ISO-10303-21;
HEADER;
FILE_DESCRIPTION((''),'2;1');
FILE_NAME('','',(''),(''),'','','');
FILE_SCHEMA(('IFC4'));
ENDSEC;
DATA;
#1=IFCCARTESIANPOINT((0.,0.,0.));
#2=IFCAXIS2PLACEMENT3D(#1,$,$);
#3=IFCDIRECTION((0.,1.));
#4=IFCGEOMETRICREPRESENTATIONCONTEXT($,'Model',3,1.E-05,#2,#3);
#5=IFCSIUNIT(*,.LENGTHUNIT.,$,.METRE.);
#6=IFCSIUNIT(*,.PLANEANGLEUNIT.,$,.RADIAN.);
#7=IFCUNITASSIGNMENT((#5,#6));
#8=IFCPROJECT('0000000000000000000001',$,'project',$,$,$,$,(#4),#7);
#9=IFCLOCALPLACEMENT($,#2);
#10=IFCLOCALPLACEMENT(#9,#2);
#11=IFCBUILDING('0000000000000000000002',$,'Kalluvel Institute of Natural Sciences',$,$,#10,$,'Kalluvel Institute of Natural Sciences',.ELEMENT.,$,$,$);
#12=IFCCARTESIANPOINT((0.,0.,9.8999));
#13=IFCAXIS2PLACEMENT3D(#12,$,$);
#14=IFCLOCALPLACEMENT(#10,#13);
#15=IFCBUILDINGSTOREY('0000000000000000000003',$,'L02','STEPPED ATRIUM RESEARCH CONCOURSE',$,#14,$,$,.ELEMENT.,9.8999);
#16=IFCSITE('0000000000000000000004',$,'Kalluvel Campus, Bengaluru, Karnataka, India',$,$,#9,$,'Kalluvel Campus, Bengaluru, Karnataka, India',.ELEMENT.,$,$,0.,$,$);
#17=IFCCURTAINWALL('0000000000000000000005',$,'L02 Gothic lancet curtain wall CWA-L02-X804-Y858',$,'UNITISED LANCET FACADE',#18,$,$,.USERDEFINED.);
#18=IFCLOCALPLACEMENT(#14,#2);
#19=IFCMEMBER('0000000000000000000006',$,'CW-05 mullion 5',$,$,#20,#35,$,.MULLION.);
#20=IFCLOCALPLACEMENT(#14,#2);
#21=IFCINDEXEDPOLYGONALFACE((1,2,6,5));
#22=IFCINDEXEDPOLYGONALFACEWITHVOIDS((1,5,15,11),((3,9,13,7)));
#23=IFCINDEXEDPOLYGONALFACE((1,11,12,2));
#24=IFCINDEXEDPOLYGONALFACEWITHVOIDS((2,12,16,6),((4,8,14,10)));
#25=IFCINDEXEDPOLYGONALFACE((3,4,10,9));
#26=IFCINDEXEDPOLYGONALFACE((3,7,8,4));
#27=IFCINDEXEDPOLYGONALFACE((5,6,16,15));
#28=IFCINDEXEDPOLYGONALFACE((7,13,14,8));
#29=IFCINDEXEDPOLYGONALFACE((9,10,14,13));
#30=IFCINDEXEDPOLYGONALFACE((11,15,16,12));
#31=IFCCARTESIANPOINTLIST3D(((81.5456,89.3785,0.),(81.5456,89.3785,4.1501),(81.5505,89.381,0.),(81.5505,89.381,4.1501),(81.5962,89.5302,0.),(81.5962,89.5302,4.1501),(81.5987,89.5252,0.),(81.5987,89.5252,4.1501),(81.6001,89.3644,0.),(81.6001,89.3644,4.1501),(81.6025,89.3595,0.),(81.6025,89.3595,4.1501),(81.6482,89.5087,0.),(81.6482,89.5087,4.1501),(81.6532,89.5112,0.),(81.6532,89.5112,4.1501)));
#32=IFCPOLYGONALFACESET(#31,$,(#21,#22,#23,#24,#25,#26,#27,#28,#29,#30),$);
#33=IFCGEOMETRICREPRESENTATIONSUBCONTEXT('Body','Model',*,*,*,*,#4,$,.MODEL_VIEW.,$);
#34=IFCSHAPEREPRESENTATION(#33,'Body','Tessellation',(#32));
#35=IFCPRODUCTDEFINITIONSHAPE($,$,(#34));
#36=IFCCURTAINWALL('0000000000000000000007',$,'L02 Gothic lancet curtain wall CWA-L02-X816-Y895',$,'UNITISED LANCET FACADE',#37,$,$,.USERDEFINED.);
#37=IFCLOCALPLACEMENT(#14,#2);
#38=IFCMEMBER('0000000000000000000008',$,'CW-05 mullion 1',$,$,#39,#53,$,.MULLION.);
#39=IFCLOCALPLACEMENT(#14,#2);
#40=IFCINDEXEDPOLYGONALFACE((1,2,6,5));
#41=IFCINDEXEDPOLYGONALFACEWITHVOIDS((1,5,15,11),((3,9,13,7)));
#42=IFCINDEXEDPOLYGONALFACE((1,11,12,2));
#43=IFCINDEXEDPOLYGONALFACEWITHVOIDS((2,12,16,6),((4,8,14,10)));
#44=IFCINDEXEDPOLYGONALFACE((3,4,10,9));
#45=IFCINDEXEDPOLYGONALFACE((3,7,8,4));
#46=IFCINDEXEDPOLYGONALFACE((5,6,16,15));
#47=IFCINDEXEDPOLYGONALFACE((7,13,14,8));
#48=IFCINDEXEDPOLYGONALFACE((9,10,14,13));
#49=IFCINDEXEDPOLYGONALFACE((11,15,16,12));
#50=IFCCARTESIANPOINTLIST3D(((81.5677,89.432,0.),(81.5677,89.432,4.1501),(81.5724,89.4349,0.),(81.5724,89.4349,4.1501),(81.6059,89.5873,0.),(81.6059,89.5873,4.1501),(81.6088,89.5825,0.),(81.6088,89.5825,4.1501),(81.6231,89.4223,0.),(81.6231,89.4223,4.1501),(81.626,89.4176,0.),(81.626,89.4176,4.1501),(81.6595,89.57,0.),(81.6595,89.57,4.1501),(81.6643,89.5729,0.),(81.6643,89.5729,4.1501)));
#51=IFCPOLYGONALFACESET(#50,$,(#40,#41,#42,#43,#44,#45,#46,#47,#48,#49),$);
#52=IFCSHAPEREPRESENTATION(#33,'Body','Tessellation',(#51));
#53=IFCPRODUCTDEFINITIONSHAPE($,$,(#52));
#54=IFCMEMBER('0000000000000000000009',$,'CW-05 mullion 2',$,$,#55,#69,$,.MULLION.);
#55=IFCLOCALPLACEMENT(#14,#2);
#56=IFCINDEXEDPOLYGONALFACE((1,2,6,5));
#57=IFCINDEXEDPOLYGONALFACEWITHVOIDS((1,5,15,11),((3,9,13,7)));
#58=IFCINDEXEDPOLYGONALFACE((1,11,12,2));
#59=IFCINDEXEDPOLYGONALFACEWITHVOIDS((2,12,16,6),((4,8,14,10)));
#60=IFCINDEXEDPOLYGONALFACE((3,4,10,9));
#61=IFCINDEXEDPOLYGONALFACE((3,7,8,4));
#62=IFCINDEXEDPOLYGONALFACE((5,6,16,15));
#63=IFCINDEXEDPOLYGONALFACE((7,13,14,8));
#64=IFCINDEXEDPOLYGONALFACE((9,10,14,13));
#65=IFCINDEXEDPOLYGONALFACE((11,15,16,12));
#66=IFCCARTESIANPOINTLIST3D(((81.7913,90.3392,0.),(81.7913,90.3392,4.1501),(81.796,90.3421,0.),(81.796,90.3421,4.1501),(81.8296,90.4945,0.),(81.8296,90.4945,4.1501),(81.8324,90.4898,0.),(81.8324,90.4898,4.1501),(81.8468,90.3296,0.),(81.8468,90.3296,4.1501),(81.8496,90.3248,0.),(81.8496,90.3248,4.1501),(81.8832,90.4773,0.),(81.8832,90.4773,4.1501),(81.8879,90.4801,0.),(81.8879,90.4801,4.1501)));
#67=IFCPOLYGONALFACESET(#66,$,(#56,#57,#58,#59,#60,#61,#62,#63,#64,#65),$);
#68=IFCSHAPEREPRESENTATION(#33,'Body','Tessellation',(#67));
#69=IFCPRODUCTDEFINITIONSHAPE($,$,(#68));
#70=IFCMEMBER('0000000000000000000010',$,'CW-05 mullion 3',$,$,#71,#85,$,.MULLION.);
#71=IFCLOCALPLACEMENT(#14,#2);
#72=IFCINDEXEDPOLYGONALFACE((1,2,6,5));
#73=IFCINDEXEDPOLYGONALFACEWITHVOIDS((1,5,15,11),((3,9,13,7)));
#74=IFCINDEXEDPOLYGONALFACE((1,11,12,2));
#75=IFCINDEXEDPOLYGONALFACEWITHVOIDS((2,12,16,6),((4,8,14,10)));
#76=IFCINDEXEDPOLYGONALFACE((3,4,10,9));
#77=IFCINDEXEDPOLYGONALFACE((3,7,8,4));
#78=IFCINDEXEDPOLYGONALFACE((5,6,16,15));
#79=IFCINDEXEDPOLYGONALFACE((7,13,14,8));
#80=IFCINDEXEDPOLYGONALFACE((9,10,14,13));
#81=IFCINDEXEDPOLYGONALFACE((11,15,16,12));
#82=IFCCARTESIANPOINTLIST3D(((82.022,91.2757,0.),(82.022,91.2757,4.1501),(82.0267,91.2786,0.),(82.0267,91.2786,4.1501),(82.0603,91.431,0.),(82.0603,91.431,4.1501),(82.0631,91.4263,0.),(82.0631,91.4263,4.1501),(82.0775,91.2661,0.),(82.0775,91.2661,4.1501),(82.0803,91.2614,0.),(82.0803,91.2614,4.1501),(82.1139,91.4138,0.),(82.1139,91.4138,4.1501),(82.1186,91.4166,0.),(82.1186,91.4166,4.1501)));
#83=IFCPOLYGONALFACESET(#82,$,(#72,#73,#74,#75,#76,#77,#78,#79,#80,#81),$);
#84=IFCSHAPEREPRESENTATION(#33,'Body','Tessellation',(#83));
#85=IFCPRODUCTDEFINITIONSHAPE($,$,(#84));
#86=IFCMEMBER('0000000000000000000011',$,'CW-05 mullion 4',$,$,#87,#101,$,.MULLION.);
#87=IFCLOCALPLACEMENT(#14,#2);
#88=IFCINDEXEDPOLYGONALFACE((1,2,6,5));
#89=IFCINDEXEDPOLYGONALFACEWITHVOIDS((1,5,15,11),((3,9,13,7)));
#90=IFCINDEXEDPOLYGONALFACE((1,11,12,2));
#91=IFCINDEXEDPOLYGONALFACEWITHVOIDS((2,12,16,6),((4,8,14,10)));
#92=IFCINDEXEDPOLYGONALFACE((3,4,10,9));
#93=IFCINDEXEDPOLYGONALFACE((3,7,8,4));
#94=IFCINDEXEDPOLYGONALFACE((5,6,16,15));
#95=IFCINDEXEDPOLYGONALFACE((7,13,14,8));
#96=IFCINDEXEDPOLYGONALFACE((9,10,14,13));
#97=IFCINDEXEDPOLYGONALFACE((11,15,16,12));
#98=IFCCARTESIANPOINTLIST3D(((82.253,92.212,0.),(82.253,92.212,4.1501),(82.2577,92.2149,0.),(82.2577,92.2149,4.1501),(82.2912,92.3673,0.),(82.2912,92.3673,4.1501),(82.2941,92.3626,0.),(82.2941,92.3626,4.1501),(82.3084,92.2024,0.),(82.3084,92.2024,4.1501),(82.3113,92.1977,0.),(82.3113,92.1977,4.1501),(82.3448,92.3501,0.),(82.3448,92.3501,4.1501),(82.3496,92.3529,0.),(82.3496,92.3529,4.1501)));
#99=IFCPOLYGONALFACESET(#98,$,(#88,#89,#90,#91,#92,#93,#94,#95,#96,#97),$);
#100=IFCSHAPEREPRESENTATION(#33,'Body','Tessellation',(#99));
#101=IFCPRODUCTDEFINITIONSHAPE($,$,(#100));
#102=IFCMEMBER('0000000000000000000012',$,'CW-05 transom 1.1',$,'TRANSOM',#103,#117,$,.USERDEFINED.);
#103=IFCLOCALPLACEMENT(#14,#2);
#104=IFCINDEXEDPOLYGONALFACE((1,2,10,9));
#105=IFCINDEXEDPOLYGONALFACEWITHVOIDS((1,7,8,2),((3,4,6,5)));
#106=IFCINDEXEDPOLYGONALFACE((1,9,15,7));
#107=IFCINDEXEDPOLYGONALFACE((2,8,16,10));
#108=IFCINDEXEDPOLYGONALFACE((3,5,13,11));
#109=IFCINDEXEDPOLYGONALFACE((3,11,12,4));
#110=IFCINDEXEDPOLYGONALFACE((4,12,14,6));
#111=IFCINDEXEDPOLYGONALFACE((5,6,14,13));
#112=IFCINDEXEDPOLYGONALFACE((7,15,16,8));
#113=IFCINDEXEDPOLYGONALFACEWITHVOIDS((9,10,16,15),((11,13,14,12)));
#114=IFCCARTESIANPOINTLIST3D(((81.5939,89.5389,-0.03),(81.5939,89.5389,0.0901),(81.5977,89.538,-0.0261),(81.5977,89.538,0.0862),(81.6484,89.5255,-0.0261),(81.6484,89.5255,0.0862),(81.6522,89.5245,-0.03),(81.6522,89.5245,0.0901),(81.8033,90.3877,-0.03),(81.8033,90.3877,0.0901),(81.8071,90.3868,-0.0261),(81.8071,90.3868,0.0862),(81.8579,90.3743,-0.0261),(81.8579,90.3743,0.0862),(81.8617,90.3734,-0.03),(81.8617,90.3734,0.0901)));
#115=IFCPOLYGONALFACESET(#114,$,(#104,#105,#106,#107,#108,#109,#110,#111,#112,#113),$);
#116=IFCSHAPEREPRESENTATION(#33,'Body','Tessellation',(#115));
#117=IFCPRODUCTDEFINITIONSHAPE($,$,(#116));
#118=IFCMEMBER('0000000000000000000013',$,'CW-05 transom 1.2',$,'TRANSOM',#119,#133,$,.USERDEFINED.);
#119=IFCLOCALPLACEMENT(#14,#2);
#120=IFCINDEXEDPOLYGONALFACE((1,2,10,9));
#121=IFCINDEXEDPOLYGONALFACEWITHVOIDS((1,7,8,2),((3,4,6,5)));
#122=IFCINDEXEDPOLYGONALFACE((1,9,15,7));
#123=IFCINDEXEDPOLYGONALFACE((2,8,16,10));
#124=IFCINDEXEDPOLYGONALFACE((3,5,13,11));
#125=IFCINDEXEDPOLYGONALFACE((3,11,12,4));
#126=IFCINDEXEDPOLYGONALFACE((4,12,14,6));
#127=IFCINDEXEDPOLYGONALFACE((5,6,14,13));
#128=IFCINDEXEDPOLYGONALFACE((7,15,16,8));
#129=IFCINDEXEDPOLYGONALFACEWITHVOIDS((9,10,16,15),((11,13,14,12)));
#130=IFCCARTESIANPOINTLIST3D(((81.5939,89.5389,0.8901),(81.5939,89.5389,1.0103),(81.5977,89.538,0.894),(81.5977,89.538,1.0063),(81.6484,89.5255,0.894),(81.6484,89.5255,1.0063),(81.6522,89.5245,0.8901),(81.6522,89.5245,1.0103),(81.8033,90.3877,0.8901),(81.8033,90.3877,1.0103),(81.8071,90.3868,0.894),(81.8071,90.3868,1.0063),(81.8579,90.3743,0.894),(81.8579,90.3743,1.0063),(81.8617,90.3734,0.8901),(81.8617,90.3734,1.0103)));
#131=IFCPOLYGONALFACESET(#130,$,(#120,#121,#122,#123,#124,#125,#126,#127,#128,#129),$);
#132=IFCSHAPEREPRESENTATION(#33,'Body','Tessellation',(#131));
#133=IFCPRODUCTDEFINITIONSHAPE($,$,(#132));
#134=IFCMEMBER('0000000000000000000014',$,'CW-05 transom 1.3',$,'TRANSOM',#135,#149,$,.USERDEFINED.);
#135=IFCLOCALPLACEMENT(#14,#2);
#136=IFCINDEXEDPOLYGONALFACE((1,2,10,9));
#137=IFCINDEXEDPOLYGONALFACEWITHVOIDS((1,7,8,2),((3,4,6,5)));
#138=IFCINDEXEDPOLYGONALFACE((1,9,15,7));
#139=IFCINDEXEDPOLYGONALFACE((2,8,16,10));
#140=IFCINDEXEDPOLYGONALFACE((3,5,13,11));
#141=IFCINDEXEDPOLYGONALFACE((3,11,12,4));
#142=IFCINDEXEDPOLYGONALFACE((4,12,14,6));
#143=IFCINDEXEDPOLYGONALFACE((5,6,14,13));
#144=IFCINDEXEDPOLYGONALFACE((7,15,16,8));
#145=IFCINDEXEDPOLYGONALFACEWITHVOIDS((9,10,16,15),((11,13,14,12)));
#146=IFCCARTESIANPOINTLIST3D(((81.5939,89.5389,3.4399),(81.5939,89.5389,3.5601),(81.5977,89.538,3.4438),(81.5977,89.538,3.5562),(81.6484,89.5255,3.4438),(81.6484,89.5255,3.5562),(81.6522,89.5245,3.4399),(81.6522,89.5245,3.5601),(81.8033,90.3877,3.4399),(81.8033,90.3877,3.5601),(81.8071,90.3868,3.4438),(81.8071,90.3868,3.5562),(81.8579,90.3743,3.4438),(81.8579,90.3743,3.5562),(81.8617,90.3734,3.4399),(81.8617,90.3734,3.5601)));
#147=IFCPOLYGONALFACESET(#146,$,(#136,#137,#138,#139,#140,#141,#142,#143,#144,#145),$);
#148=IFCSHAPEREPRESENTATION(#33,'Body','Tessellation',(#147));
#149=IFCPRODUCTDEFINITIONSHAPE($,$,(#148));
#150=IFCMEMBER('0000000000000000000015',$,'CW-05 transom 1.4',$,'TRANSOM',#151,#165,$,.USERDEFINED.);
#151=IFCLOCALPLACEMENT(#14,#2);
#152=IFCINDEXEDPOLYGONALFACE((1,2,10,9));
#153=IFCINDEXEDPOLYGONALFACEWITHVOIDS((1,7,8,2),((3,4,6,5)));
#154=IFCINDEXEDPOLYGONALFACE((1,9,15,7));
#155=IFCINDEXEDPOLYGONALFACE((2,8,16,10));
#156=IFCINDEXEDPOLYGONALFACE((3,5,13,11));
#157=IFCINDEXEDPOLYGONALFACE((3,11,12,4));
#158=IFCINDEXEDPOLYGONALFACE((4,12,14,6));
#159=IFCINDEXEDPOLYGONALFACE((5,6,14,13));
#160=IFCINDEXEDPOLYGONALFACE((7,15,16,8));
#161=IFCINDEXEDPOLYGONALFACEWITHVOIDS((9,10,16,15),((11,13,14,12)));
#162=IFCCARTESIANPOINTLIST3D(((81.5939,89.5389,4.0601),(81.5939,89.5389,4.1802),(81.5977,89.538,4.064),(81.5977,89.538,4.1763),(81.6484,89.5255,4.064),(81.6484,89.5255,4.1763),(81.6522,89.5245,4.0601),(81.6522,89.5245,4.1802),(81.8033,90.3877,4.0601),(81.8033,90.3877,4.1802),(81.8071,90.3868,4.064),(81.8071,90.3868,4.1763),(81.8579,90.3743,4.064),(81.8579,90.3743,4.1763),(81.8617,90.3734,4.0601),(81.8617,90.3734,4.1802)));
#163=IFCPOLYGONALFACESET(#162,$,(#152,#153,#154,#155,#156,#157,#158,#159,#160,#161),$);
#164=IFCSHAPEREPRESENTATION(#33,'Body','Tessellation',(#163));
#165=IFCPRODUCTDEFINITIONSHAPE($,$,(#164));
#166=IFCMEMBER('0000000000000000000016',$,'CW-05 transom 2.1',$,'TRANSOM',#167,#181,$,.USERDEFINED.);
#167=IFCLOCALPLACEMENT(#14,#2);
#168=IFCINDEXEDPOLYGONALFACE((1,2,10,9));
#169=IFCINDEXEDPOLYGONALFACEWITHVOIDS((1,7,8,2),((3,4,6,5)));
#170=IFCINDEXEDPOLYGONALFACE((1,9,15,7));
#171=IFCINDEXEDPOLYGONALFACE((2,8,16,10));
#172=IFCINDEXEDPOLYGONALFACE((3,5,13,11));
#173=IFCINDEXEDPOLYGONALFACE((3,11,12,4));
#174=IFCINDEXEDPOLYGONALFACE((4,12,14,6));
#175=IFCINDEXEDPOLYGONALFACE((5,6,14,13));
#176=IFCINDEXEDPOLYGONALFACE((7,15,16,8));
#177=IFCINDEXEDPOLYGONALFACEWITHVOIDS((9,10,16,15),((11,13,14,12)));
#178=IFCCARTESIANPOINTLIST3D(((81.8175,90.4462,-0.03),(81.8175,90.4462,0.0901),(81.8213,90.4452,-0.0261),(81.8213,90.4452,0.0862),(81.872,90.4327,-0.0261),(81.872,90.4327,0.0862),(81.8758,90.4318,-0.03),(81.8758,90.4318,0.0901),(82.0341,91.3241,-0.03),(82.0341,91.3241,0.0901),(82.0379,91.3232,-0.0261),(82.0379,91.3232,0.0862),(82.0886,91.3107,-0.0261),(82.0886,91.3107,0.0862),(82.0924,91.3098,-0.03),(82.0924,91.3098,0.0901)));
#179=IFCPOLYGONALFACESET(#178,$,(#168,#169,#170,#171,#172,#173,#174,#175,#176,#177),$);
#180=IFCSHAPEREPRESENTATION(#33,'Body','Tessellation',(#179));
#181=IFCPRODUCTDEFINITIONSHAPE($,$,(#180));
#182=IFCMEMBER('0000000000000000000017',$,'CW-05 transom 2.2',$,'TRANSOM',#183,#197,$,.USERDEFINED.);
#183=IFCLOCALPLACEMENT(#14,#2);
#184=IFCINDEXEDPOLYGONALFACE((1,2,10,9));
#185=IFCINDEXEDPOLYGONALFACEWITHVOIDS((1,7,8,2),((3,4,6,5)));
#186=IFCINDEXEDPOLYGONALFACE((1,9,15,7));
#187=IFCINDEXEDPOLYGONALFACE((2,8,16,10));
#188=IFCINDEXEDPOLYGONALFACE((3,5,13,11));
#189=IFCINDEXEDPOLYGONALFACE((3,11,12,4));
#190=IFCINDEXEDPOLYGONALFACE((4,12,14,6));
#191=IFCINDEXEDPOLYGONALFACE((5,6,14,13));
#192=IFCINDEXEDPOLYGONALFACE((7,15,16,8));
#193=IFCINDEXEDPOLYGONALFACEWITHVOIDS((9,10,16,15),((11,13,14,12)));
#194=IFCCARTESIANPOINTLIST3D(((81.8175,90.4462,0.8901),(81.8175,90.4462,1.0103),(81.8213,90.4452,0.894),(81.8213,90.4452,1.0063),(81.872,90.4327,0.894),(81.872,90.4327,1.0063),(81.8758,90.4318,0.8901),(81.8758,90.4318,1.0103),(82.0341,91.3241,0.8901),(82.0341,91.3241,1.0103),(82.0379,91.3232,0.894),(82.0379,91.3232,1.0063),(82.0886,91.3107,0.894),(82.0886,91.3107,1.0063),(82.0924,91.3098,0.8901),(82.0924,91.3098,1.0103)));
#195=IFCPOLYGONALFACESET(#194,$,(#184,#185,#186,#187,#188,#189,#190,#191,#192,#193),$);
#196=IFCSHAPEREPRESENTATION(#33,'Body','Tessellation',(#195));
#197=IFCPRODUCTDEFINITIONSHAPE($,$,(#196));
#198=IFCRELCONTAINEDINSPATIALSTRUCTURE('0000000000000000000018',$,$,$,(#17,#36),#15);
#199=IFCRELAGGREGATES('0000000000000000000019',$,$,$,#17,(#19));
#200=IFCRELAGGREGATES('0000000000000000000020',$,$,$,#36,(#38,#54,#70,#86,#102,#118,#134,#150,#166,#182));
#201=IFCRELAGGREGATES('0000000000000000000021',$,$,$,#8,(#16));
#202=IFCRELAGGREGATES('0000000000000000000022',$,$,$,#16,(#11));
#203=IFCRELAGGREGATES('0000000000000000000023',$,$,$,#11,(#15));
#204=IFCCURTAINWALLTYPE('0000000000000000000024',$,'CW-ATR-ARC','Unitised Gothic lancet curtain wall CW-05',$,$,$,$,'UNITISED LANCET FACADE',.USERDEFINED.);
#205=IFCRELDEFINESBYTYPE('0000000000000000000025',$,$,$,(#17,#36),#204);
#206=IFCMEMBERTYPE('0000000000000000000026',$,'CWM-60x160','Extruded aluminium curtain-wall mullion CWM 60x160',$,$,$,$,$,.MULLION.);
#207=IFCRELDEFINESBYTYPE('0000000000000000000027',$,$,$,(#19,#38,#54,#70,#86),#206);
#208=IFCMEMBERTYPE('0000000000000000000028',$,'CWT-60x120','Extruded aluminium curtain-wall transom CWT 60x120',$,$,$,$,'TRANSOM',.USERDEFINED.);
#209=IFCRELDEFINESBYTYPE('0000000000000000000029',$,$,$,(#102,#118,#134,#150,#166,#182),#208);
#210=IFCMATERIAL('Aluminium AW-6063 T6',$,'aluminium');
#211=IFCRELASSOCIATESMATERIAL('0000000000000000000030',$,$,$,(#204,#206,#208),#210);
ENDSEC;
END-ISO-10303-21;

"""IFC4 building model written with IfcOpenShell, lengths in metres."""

from ifc_helpers import new_model, si_unit, direction, frame, origin, origin_2d, place, context, subcontext, project, spatial, hollow_rectangle, extrude, material, material_profile, profile_set, type_object, element, aggregate, save


model = new_model("IFC4")

# Units and contexts
model_context = context("Model", 3, precision=1e-05, world=origin(), true_north=direction((0.0, 1.0)))
body_context = subcontext(model_context, "Body", "Model", "MODEL_VIEW")
ifc_project = project(units=[si_unit("LENGTHUNIT", "METRE"), si_unit("PLANEANGLEUNIT", "RADIAN")], contexts=[model_context])

# Site, building, storey
site_placement = place(None, origin())
site = spatial("IfcSite", under=ifc_project, at=site_placement, Name="Kalluvel Campus, Bengaluru, Karnataka, India", LongName="Kalluvel Campus, Bengaluru, Karnataka, India", CompositionType="ELEMENT", RefElevation=0.0)
building_placement = place(site_placement, origin())
building = spatial("IfcBuilding", under=site, at=building_placement, Name="Kalluvel Institute of Natural Sciences", LongName="Kalluvel Institute of Natural Sciences", CompositionType="ELEMENT")
storey_placement = place(building_placement, frame((0.0, 0.0, 9.8999)))
storey = spatial("IfcBuildingStorey", under=building, at=storey_placement, Name="L02", Description="STEPPED ATRIUM RESEARCH CONCOURSE", CompositionType="ELEMENT", Elevation=9.8999)

# Curtain wall, member
ifc_material_1 = material(Name="Aluminium AW-6063 T6", Category="aluminium")
curtain_wall_type = type_object("IfcCurtainWallType", Name="CW-ATR-ARC", Description="Unitised Gothic lancet curtain wall CW-05", ElementType="UNITISED LANCET FACADE", PredefinedType="USERDEFINED", material=ifc_material_1)
curtain_wall_1_placement = place(storey_placement, origin())
curtain_wall_1 = element("IfcCurtainWall", 1, at=curtain_wall_1_placement, inside=storey, type_object=curtain_wall_type, Name="L02 Gothic lancet curtain wall CWA-L02-X804-Y858", ObjectType="UNITISED LANCET FACADE", PredefinedType="USERDEFINED")
ifc_material_profile_1 = material_profile(ifc_material_1, hollow_rectangle(XDim=0.0601, YDim=0.1599, WallThickness=0.0039, at=origin_2d()), Name="CWM 60x160")
ifc_profile_set_1 = profile_set([ifc_material_profile_1], Name="Aluminium AW-6063 T6")
member_type_1 = type_object("IfcMemberType", Name="CWM-60x160", Description="Extruded aluminium curtain-wall mullion CWM 60x160", PredefinedType="MULLION", material=ifc_profile_set_1)
member_1_placement = place(storey_placement, frame((81.5994, 89.4448, 0.0), z_axis=(0.0, 0.0, 1.0), x_axis=(-0.948541, 0.316655, 0.0)))
member_1 = element("IfcMember", 2, at=member_1_placement, type_object=member_type_1, Name="CW-05 mullion 5", PredefinedType="MULLION", context=body_context, shape_type="SweptSolid", body=[
    extrude(hollow_rectangle(XDim=0.0601, YDim=0.1599, WallThickness=0.0039, at=origin_2d()), origin(), (0.0, 0.0, 1.0), 4.1501),
])

# Curtain wall, members
curtain_wall_2_placement = place(storey_placement, origin())
curtain_wall_2 = element("IfcCurtainWall", 3, at=curtain_wall_2_placement, inside=storey, type_object=curtain_wall_type, Name="L02 Gothic lancet curtain wall CWA-L02-X816-Y895", ObjectType="UNITISED LANCET FACADE", PredefinedType="USERDEFINED")
member_2_placement = place(storey_placement, frame((81.616, 89.5024, 0.0), z_axis=(0.0, 0.0, 1.0), x_axis=(-0.970939, 0.239326, 0.0)))
member_2 = element("IfcMember", 4, at=member_2_placement, type_object=member_type_1, Name="CW-05 mullion 1", PredefinedType="MULLION", context=body_context, shape_type="SweptSolid", body=[
    extrude(hollow_rectangle(XDim=0.0601, YDim=0.1599, WallThickness=0.0039, at=origin_2d()), origin(), (0.0, 0.0, 1.0), 4.1501),
])
member_3_placement = place(storey_placement, frame((81.8396, 90.4097, 0.0), z_axis=(0.0, 0.0, 1.0), x_axis=(-0.970939, 0.239326, 0.0)))
member_3 = element("IfcMember", 5, at=member_3_placement, type_object=member_type_1, Name="CW-05 mullion 2", PredefinedType="MULLION", context=body_context, shape_type="SweptSolid", body=[
    extrude(hollow_rectangle(XDim=0.0601, YDim=0.1599, WallThickness=0.0039, at=origin_2d()), origin(), (0.0, 0.0, 1.0), 4.1501),
])
member_4_placement = place(storey_placement, frame((82.0703, 91.3462, 0.0), z_axis=(0.0, 0.0, 1.0), x_axis=(-0.970939, 0.239326, 0.0)))
member_4 = element("IfcMember", 6, at=member_4_placement, type_object=member_type_1, Name="CW-05 mullion 3", PredefinedType="MULLION", context=body_context, shape_type="SweptSolid", body=[
    extrude(hollow_rectangle(XDim=0.0601, YDim=0.1599, WallThickness=0.0039, at=origin_2d()), origin(), (0.0, 0.0, 1.0), 4.1501),
])
member_5_placement = place(storey_placement, frame((82.3013, 92.2825, 0.0), z_axis=(0.0, 0.0, 1.0), x_axis=(-0.970939, 0.239326, 0.0)))
member_5 = element("IfcMember", 7, at=member_5_placement, type_object=member_type_1, Name="CW-05 mullion 4", PredefinedType="MULLION", context=body_context, shape_type="SweptSolid", body=[
    extrude(hollow_rectangle(XDim=0.0601, YDim=0.1599, WallThickness=0.0039, at=origin_2d()), origin(), (0.0, 0.0, 1.0), 4.1501),
])
ifc_material_profile_2 = material_profile(ifc_material_1, hollow_rectangle(XDim=0.0601, YDim=0.1201, WallThickness=0.0039, at=origin_2d()), Name="CWT 60x120")
ifc_profile_set_2 = profile_set([ifc_material_profile_2], Name="Aluminium AW-6063 T6")
member_type_2 = type_object("IfcMemberType", Name="CWT-60x120", Description="Extruded aluminium curtain-wall transom CWT 60x120", ElementType="TRANSOM", PredefinedType="USERDEFINED", material=ifc_profile_set_2)
member_6_placement = place(storey_placement, frame((81.623, 89.5317, 0.03), z_axis=(0.239578, 0.970877, 0.0), x_axis=(-0.970877, 0.239578, 0.0)))
member_6 = element("IfcMember", 8, at=member_6_placement, type_object=member_type_2, Name="CW-05 transom 1.1", ObjectType="TRANSOM", PredefinedType="USERDEFINED", context=body_context, shape_type="SweptSolid", body=[
    extrude(hollow_rectangle(XDim=0.0601, YDim=0.1201, WallThickness=0.0039, at=origin_2d()), origin(), (0.0, 0.0, 1.0), 0.8743),
])
member_7_placement = place(storey_placement, frame((81.623, 89.5317, 0.9502), z_axis=(0.239578, 0.970877, 0.0), x_axis=(-0.970877, 0.239578, 0.0)))
member_7 = element("IfcMember", 9, at=member_7_placement, type_object=member_type_2, Name="CW-05 transom 1.2", ObjectType="TRANSOM", PredefinedType="USERDEFINED", context=body_context, shape_type="SweptSolid", body=[
    extrude(hollow_rectangle(XDim=0.0601, YDim=0.1201, WallThickness=0.0039, at=origin_2d()), origin(), (0.0, 0.0, 1.0), 0.8743),
])
member_8_placement = place(storey_placement, frame((81.623, 89.5317, 3.5), z_axis=(0.239578, 0.970877, 0.0), x_axis=(-0.970877, 0.239578, 0.0)))
member_8 = element("IfcMember", 10, at=member_8_placement, type_object=member_type_2, Name="CW-05 transom 1.3", ObjectType="TRANSOM", PredefinedType="USERDEFINED", context=body_context, shape_type="SweptSolid", body=[
    extrude(hollow_rectangle(XDim=0.0601, YDim=0.1201, WallThickness=0.0039, at=origin_2d()), origin(), (0.0, 0.0, 1.0), 0.8743),
])
member_9_placement = place(storey_placement, frame((81.623, 89.5317, 4.1201), z_axis=(0.239578, 0.970877, 0.0), x_axis=(-0.970877, 0.239578, 0.0)))
member_9 = element("IfcMember", 11, at=member_9_placement, type_object=member_type_2, Name="CW-05 transom 1.4", ObjectType="TRANSOM", PredefinedType="USERDEFINED", context=body_context, shape_type="SweptSolid", body=[
    extrude(hollow_rectangle(XDim=0.0601, YDim=0.1201, WallThickness=0.0039, at=origin_2d()), origin(), (0.0, 0.0, 1.0), 0.8743),
])
member_10_placement = place(storey_placement, frame((81.8467, 90.439, 0.03), z_axis=(0.239485, 0.9709, 0.0), x_axis=(-0.9709, 0.239485, 0.0)))
member_10 = element("IfcMember", 12, at=member_10_placement, type_object=member_type_2, Name="CW-05 transom 2.1", ObjectType="TRANSOM", PredefinedType="USERDEFINED", context=body_context, shape_type="SweptSolid", body=[
    extrude(hollow_rectangle(XDim=0.0601, YDim=0.1201, WallThickness=0.0039, at=origin_2d()), origin(), (0.0, 0.0, 1.0), 0.9043),
])
member_11_placement = place(storey_placement, frame((81.8467, 90.439, 0.9502), z_axis=(0.239485, 0.9709, 0.0), x_axis=(-0.9709, 0.239485, 0.0)))
member_11 = element("IfcMember", 13, at=member_11_placement, type_object=member_type_2, Name="CW-05 transom 2.2", ObjectType="TRANSOM", PredefinedType="USERDEFINED", context=body_context, shape_type="SweptSolid", body=[
    extrude(hollow_rectangle(XDim=0.0601, YDim=0.1201, WallThickness=0.0039, at=origin_2d()), origin(), (0.0, 0.0, 1.0), 0.9043),
])

aggregate(curtain_wall_1, [member_1])
aggregate(curtain_wall_2, [member_2, member_3, member_4, member_5, member_6, member_7, member_8, member_9, member_10, member_11])

save(model, "model.ifc")
